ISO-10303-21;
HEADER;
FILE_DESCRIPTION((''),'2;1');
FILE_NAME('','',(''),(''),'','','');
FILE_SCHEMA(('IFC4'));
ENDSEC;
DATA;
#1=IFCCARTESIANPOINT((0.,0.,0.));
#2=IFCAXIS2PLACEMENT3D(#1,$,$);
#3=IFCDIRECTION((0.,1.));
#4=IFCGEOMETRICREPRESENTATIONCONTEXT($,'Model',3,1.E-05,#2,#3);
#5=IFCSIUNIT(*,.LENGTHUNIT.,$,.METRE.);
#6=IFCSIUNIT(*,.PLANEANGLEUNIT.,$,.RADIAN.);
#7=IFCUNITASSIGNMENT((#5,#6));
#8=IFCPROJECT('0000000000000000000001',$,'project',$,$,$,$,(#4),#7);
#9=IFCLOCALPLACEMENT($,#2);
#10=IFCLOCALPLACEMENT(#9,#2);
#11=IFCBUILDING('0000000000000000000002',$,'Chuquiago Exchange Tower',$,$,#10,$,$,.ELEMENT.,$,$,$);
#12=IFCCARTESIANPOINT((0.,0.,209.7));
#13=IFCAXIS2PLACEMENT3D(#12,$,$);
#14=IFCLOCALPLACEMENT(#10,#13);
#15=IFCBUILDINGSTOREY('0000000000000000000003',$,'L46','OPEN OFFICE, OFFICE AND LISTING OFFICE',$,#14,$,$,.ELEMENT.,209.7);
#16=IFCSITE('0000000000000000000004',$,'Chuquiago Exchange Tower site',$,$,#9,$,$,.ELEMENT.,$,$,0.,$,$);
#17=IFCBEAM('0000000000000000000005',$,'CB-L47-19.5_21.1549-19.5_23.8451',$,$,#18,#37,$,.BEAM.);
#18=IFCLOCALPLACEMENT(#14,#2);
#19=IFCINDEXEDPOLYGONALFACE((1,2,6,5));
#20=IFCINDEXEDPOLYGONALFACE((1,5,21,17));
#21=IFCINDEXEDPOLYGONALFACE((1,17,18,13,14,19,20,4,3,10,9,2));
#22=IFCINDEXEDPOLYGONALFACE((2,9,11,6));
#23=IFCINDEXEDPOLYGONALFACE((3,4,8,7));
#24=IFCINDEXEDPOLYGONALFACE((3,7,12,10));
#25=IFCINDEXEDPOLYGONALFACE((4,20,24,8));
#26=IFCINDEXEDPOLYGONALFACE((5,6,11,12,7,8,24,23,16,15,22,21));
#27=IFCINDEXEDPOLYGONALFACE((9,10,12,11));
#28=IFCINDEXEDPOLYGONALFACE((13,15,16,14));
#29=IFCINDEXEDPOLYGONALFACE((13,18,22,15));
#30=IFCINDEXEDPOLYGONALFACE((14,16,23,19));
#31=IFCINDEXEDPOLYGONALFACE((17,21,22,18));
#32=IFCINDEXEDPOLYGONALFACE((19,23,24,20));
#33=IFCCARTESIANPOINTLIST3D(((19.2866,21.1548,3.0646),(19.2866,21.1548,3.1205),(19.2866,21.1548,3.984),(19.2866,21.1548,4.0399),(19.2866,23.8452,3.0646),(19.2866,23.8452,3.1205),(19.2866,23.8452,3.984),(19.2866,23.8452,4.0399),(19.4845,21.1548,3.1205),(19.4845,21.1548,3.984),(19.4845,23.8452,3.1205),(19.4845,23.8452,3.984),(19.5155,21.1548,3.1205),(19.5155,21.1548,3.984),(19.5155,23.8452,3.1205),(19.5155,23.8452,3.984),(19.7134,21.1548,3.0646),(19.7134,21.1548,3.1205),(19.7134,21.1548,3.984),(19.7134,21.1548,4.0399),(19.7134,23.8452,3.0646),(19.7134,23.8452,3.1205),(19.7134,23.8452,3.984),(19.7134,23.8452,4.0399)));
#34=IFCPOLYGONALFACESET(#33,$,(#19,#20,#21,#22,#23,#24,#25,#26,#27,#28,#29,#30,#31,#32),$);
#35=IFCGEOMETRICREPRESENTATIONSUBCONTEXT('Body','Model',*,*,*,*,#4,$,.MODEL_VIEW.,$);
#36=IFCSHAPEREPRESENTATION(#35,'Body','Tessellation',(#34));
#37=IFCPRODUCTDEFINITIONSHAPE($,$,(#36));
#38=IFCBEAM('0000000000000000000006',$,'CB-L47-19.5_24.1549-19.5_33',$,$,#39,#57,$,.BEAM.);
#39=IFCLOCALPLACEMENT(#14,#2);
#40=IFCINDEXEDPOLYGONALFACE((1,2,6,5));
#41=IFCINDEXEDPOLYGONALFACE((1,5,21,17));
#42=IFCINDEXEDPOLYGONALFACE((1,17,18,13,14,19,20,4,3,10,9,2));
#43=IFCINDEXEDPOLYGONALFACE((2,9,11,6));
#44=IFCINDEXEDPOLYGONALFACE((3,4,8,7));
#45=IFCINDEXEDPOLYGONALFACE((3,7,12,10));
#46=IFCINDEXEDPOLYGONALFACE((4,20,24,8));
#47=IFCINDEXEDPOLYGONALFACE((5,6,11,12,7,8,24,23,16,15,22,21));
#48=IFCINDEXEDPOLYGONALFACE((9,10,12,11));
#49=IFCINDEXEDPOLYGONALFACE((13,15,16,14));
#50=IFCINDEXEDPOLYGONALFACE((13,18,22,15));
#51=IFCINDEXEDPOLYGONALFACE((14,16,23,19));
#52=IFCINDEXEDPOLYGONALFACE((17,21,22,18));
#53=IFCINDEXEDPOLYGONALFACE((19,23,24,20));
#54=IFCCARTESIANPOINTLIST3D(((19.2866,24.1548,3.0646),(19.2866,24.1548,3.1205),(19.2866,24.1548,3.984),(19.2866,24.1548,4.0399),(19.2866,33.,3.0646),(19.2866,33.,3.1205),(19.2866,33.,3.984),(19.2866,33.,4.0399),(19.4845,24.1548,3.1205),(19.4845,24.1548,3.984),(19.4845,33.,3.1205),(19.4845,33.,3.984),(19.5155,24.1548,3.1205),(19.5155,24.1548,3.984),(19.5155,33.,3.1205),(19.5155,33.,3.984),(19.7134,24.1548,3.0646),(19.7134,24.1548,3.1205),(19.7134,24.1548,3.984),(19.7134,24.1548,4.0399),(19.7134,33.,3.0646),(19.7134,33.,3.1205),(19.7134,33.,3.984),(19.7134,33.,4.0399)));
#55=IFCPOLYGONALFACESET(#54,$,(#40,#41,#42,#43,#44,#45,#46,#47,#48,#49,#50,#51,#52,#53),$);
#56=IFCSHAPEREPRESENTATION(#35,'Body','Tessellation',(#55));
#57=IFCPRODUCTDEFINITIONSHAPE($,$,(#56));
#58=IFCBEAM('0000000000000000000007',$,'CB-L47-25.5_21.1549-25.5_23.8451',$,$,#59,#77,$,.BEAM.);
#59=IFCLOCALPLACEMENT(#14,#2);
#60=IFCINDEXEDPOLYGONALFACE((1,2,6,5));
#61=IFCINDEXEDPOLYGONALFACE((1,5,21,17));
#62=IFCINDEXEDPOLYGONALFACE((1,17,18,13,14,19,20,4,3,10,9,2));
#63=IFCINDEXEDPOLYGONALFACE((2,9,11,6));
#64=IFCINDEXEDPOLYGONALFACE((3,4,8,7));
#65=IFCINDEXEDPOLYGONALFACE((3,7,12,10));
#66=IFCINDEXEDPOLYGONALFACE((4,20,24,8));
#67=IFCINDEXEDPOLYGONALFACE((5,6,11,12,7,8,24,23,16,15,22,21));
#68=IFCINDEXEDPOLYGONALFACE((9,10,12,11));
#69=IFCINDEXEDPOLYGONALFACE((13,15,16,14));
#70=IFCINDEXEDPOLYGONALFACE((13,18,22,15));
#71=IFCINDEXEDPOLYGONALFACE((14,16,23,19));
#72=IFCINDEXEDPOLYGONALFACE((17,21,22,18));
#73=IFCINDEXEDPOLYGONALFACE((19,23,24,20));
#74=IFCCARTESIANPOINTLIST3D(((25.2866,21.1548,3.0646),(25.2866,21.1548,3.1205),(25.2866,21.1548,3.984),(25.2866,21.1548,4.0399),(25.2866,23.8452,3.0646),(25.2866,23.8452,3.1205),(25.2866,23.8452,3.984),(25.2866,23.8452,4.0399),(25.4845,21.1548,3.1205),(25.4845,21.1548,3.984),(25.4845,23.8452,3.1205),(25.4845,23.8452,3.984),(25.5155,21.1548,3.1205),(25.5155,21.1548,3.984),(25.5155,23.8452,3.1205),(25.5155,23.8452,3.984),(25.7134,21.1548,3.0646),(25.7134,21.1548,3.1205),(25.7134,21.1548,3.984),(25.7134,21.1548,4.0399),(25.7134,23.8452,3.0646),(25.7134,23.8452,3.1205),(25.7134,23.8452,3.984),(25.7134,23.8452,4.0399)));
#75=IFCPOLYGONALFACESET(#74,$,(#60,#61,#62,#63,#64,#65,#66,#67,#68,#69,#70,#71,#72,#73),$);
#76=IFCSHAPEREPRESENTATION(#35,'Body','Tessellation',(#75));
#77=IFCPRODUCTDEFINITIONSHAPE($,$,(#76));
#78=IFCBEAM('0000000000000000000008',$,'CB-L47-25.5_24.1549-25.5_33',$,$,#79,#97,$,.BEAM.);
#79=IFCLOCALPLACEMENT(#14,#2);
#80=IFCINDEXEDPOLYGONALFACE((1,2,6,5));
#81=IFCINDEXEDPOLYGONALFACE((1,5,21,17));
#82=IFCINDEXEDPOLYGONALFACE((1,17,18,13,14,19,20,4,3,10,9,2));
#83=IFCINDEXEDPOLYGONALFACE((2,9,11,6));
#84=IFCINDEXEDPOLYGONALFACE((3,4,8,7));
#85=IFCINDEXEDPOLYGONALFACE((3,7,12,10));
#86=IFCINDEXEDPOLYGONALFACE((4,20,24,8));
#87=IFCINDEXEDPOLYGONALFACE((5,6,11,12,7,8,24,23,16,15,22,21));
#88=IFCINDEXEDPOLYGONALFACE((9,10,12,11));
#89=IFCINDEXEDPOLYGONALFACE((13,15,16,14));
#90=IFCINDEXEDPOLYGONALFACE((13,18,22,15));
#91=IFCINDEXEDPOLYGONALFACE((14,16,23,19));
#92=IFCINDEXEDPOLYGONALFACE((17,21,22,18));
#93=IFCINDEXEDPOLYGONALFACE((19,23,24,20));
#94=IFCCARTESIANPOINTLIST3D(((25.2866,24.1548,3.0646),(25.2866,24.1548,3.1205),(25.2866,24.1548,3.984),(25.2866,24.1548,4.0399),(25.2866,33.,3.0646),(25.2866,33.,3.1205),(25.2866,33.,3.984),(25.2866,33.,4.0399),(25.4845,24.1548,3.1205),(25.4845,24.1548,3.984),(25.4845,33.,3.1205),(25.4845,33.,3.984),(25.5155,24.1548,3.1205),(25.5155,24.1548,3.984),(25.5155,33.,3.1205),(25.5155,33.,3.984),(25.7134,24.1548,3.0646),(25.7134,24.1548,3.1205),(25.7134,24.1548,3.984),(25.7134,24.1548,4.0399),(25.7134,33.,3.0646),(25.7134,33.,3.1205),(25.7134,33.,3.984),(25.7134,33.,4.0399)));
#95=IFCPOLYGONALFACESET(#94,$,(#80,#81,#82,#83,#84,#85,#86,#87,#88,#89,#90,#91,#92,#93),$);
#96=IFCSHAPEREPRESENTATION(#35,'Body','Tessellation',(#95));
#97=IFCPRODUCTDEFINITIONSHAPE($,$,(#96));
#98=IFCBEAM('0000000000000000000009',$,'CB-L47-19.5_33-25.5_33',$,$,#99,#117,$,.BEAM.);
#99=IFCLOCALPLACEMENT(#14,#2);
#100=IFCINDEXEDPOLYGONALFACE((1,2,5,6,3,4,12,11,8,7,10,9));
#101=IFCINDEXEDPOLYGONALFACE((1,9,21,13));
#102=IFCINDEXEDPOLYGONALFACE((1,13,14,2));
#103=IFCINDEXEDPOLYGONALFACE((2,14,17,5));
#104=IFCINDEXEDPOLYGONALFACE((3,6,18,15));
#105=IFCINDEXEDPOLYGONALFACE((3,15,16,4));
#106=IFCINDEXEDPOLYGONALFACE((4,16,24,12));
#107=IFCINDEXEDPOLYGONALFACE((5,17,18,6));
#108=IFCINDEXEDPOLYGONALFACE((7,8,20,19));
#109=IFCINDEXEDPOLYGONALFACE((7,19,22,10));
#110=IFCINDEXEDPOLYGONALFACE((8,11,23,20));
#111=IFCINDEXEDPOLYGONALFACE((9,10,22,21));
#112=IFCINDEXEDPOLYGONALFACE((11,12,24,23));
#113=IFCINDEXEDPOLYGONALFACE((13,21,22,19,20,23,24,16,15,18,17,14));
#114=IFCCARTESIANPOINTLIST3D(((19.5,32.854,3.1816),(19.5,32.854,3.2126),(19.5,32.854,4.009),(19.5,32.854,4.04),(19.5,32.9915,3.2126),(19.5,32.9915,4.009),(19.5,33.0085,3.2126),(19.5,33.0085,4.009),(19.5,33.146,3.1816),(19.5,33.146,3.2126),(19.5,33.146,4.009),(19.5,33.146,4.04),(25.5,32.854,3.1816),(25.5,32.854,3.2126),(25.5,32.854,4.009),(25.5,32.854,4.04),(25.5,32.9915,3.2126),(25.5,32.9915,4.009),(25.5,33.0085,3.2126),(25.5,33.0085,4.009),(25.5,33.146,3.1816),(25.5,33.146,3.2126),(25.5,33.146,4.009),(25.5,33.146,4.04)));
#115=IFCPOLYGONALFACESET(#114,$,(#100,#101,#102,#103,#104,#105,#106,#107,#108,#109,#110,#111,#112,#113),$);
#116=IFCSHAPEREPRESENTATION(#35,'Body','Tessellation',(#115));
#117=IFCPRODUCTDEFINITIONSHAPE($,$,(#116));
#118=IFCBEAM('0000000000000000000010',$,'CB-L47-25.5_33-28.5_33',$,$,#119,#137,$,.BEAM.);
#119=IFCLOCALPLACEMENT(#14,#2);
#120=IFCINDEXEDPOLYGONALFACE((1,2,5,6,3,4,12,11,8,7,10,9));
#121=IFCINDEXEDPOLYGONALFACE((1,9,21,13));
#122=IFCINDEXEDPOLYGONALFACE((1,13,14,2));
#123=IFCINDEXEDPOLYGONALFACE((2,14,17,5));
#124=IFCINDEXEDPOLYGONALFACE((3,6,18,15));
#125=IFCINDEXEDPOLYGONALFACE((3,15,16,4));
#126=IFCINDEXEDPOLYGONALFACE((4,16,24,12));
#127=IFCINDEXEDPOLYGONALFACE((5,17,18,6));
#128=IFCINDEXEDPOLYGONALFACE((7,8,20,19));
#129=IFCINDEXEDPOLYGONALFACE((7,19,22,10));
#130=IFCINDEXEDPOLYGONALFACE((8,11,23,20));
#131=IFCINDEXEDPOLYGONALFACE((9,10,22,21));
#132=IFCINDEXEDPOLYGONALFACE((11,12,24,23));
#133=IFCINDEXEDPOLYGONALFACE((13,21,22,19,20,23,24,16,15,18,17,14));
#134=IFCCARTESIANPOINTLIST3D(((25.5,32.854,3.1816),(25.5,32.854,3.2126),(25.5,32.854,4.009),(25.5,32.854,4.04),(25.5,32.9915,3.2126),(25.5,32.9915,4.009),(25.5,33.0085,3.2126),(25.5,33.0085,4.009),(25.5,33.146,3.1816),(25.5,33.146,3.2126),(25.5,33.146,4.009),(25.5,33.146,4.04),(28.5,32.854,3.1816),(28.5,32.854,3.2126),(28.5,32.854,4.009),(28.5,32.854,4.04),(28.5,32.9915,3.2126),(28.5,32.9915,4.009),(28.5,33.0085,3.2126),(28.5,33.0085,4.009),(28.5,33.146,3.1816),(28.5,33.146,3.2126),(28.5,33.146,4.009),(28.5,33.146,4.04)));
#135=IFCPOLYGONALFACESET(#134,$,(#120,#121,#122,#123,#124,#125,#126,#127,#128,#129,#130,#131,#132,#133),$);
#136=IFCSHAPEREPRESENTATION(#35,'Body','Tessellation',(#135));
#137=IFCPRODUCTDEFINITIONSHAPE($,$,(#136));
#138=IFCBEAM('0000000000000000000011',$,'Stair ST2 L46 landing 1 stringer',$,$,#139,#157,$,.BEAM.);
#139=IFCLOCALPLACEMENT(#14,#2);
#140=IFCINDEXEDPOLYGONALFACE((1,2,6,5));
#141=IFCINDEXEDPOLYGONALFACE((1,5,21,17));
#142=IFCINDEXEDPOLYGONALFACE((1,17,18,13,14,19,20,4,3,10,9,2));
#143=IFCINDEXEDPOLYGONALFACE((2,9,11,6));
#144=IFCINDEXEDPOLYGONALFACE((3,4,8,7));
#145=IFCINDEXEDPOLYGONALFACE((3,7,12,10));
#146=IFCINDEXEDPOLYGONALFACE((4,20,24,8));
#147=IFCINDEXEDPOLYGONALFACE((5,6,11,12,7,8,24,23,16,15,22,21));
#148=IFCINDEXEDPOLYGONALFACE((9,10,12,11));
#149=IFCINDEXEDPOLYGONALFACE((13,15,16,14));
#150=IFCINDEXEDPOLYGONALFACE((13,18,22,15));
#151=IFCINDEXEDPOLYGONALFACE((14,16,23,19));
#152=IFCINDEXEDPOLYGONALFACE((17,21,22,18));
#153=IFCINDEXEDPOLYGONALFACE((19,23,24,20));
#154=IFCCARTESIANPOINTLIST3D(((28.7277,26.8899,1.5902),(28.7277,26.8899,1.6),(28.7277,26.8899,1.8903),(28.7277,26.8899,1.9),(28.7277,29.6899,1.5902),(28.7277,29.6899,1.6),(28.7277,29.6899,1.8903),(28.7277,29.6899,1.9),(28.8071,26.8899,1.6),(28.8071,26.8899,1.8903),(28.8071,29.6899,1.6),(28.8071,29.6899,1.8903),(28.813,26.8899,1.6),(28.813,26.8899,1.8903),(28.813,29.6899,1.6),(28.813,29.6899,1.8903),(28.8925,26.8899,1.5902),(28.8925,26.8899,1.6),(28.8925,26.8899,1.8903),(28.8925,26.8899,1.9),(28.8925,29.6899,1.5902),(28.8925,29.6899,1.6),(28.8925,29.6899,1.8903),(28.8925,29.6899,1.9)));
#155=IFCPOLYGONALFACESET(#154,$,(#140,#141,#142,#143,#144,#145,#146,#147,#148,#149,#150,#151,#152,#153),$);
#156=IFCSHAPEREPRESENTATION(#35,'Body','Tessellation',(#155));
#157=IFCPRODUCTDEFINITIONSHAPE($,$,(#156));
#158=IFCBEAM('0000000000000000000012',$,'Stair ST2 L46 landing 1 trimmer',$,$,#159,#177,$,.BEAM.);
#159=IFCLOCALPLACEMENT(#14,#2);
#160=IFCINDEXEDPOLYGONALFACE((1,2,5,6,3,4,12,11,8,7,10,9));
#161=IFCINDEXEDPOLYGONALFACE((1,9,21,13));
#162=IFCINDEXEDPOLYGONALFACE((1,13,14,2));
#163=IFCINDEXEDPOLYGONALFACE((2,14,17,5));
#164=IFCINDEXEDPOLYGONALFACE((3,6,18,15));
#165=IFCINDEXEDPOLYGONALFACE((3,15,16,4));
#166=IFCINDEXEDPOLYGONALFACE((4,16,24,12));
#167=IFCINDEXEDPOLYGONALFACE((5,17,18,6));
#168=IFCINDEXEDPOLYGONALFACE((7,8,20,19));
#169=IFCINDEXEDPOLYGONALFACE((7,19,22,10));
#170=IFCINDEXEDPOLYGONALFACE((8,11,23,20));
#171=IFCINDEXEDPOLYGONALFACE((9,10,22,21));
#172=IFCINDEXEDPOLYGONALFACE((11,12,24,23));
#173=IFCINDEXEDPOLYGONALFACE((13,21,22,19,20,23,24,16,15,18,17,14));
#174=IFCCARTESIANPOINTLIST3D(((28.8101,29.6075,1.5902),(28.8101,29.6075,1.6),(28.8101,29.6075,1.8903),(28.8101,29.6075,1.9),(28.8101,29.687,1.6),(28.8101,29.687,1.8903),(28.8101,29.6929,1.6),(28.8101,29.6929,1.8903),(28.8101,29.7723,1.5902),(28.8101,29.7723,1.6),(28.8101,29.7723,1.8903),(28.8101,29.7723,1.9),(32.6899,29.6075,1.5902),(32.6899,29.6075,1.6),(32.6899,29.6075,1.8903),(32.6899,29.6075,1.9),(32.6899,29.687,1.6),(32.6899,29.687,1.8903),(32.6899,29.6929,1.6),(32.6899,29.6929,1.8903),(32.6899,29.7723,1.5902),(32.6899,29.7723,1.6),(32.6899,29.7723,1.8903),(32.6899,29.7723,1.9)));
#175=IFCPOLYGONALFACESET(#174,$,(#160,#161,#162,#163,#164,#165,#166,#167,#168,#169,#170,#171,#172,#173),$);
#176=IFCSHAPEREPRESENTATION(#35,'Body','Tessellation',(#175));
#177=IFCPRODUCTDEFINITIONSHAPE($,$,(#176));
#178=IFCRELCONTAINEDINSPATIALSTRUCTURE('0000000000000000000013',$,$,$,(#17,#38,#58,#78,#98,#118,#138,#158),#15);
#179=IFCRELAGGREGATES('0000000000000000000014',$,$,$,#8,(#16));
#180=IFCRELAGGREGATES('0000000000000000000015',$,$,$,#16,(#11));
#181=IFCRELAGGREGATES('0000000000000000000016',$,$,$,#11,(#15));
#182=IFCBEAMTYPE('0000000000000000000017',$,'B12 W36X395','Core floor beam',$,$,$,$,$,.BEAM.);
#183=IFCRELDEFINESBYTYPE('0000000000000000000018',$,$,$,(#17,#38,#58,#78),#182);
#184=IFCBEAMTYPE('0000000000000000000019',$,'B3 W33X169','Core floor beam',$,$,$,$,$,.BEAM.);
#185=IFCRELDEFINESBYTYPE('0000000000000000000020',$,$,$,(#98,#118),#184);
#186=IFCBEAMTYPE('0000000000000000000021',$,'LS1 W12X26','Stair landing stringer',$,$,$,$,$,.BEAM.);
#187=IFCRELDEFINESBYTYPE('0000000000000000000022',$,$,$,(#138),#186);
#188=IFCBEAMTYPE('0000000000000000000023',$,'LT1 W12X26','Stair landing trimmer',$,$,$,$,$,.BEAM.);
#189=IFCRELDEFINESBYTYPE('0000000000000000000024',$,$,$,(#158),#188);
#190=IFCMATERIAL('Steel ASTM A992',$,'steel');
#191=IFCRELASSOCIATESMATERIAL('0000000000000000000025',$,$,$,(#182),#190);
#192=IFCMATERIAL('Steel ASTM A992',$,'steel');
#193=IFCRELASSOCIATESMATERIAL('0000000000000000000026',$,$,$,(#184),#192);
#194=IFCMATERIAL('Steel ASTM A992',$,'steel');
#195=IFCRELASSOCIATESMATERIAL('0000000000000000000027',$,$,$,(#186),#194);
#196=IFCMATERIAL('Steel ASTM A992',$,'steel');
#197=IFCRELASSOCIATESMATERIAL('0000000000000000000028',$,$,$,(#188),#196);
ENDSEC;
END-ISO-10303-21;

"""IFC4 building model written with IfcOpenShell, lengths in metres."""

from ifc_helpers import new_model, si_unit, direction, frame, origin, origin_2d, place, context, subcontext, project, spatial, i_section, extrude, material, material_profile, profile_set, type_object, element, save


model = new_model("IFC4")

# Units and contexts
model_context = context("Model", 3, precision=1e-05, world=origin(), true_north=direction((0.0, 1.0)))
body_context = subcontext(model_context, "Body", "Model", "MODEL_VIEW")
ifc_project = project(units=[si_unit("LENGTHUNIT", "METRE"), si_unit("PLANEANGLEUNIT", "RADIAN")], contexts=[model_context])

# Site, building, storey
site_placement = place(None, origin())
site = spatial("IfcSite", under=ifc_project, at=site_placement, Name="Chuquiago Exchange Tower site", CompositionType="ELEMENT", RefElevation=0.0)
building_placement = place(site_placement, origin())
building = spatial("IfcBuilding", under=site, at=building_placement, Name="Chuquiago Exchange Tower", CompositionType="ELEMENT")
storey_placement = place(building_placement, frame((0.0, 0.0, 209.7)))
storey = spatial("IfcBuildingStorey", under=building, at=storey_placement, Name="L46", Description="OPEN OFFICE, OFFICE AND LISTING OFFICE", CompositionType="ELEMENT", Elevation=209.7)

# Beams
ifc_material_1 = material(Name="Steel ASTM A992", Category="steel")
ifc_material_profile_1 = material_profile(ifc_material_1, i_section(OverallWidth=0.4268, OverallDepth=0.9753, WebThickness=0.031, FlangeThickness=0.0559, at=origin_2d()), Name="W36X395")
ifc_profile_set_1 = profile_set([ifc_material_profile_1], Name="Steel ASTM A992")
beam_type_1 = type_object("IfcBeamType", Name="B12 W36X395", Description="Core floor beam", PredefinedType="BEAM", material=ifc_profile_set_1)
beam_1_placement = place(storey_placement, frame((19.5, 21.1548, 3.5522), z_axis=(0.0, 1.0, 0.0), x_axis=(-1.0, 0.0, 0.0)))
element("IfcBeam", 1, at=beam_1_placement, inside=storey, type_object=beam_type_1, Name="CB-L47-19.5_21.1549-19.5_23.8451", PredefinedType="BEAM", context=body_context, shape_type="SweptSolid", body=[
    extrude(i_section(OverallWidth=0.4268, OverallDepth=0.9753, WebThickness=0.031, FlangeThickness=0.0559, at=origin_2d()), origin(), (0.0, 0.0, 1.0), 2.6904),
])
beam_2_placement = place(storey_placement, frame((19.5, 24.1548, 3.5522), z_axis=(0.0, 1.0, 0.0), x_axis=(-1.0, 0.0, 0.0)))
element("IfcBeam", 2, at=beam_2_placement, inside=storey, type_object=beam_type_1, Name="CB-L47-19.5_24.1549-19.5_33", PredefinedType="BEAM", context=body_context, shape_type="SweptSolid", body=[
    extrude(i_section(OverallWidth=0.4268, OverallDepth=0.9753, WebThickness=0.031, FlangeThickness=0.0559, at=origin_2d()), origin(), (0.0, 0.0, 1.0), 8.8452),
])
beam_3_placement = place(storey_placement, frame((25.5, 21.1548, 3.5522), z_axis=(0.0, 1.0, 0.0), x_axis=(-1.0, 0.0, 0.0)))
element("IfcBeam", 3, at=beam_3_placement, inside=storey, type_object=beam_type_1, Name="CB-L47-25.5_21.1549-25.5_23.8451", PredefinedType="BEAM", context=body_context, shape_type="SweptSolid", body=[
    extrude(i_section(OverallWidth=0.4268, OverallDepth=0.9753, WebThickness=0.031, FlangeThickness=0.0559, at=origin_2d()), origin(), (0.0, 0.0, 1.0), 2.6904),
])
beam_4_placement = place(storey_placement, frame((25.5, 24.1548, 3.5522), z_axis=(0.0, 1.0, 0.0), x_axis=(-1.0, 0.0, 0.0)))
element("IfcBeam", 4, at=beam_4_placement, inside=storey, type_object=beam_type_1, Name="CB-L47-25.5_24.1549-25.5_33", PredefinedType="BEAM", context=body_context, shape_type="SweptSolid", body=[
    extrude(i_section(OverallWidth=0.4268, OverallDepth=0.9753, WebThickness=0.031, FlangeThickness=0.0559, at=origin_2d()), origin(), (0.0, 0.0, 1.0), 8.8452),
])
ifc_material_2 = material(Name="Steel ASTM A992", Category="steel")
ifc_material_profile_2 = material_profile(ifc_material_2, i_section(OverallWidth=0.292, OverallDepth=0.8584, WebThickness=0.0171, FlangeThickness=0.031, at=origin_2d()), Name="W33X169")
ifc_profile_set_2 = profile_set([ifc_material_profile_2], Name="Steel ASTM A992")
beam_type_2 = type_object("IfcBeamType", Name="B3 W33X169", Description="Core floor beam", PredefinedType="BEAM", material=ifc_profile_set_2)
beam_5_placement = place(storey_placement, frame((19.5, 33.0, 3.6108), z_axis=(1.0, 0.0, 0.0), x_axis=(0.0, 1.0, 0.0)))
element("IfcBeam", 5, at=beam_5_placement, inside=storey, type_object=beam_type_2, Name="CB-L47-19.5_33-25.5_33", PredefinedType="BEAM", context=body_context, shape_type="SweptSolid", body=[
    extrude(i_section(OverallWidth=0.292, OverallDepth=0.8584, WebThickness=0.0171, FlangeThickness=0.031, at=origin_2d()), origin(), (0.0, 0.0, 1.0), 6.0),
])
beam_6_placement = place(storey_placement, frame((25.5, 33.0, 3.6108), z_axis=(1.0, 0.0, 0.0), x_axis=(0.0, 1.0, 0.0)))
element("IfcBeam", 6, at=beam_6_placement, inside=storey, type_object=beam_type_2, Name="CB-L47-25.5_33-28.5_33", PredefinedType="BEAM", context=body_context, shape_type="SweptSolid", body=[
    extrude(i_section(OverallWidth=0.292, OverallDepth=0.8584, WebThickness=0.0171, FlangeThickness=0.031, at=origin_2d()), origin(), (0.0, 0.0, 1.0), 3.0),
])
ifc_material_3 = material(Name="Steel ASTM A992", Category="steel")
ifc_material_profile_3 = material_profile(ifc_material_3, i_section(OverallWidth=0.1648, OverallDepth=0.3098, WebThickness=0.0059, FlangeThickness=0.0098, at=origin_2d()), Name="W12X26")
ifc_profile_set_3 = profile_set([ifc_material_profile_3], Name="Steel ASTM A992")
beam_type_3 = type_object("IfcBeamType", Name="LS1 W12X26", Description="Stair landing stringer", PredefinedType="BEAM", material=ifc_profile_set_3)
beam_7_placement = place(storey_placement, frame((28.8101, 26.8899, 1.7451), z_axis=(0.0, 1.0, 0.0), x_axis=(-1.0, 0.0, 0.0)))
element("IfcBeam", 7, at=beam_7_placement, inside=storey, type_object=beam_type_3, Name="Stair ST2 L46 landing 1 stringer", PredefinedType="BEAM", context=body_context, shape_type="SweptSolid", body=[
    extrude(i_section(OverallWidth=0.1648, OverallDepth=0.3098, WebThickness=0.0059, FlangeThickness=0.0098, at=origin_2d()), origin(), (0.0, 0.0, 1.0), 2.8),
])
ifc_material_4 = material(Name="Steel ASTM A992", Category="steel")
ifc_material_profile_4 = material_profile(ifc_material_4, i_section(OverallWidth=0.1648, OverallDepth=0.3098, WebThickness=0.0059, FlangeThickness=0.0098, at=origin_2d()), Name="W12X26")
ifc_profile_set_4 = profile_set([ifc_material_profile_4], Name="Steel ASTM A992")
beam_type_4 = type_object("IfcBeamType", Name="LT1 W12X26", Description="Stair landing trimmer", PredefinedType="BEAM", material=ifc_profile_set_4)
for number, where, z_axis, x_axis, name in (
    (8, (28.8101, 29.6899, 1.7451), (1.0, 0.0, 0.0), (0.0, 1.0, 0.0), "Stair ST2 L46 landing 1 trimmer"),
):
    element("IfcBeam", number, at=place(storey_placement, frame(where, z_axis=z_axis, x_axis=x_axis)), inside=storey, type_object=beam_type_4, Name=name, PredefinedType="BEAM", context=body_context, shape_type="SweptSolid", body=[
        extrude(i_section(OverallWidth=0.1648, OverallDepth=0.3098, WebThickness=0.0059, FlangeThickness=0.0098, at=origin_2d()), origin(), (0.0, 0.0, 1.0), 3.8799),
    ])

save(model, "model.ifc")
